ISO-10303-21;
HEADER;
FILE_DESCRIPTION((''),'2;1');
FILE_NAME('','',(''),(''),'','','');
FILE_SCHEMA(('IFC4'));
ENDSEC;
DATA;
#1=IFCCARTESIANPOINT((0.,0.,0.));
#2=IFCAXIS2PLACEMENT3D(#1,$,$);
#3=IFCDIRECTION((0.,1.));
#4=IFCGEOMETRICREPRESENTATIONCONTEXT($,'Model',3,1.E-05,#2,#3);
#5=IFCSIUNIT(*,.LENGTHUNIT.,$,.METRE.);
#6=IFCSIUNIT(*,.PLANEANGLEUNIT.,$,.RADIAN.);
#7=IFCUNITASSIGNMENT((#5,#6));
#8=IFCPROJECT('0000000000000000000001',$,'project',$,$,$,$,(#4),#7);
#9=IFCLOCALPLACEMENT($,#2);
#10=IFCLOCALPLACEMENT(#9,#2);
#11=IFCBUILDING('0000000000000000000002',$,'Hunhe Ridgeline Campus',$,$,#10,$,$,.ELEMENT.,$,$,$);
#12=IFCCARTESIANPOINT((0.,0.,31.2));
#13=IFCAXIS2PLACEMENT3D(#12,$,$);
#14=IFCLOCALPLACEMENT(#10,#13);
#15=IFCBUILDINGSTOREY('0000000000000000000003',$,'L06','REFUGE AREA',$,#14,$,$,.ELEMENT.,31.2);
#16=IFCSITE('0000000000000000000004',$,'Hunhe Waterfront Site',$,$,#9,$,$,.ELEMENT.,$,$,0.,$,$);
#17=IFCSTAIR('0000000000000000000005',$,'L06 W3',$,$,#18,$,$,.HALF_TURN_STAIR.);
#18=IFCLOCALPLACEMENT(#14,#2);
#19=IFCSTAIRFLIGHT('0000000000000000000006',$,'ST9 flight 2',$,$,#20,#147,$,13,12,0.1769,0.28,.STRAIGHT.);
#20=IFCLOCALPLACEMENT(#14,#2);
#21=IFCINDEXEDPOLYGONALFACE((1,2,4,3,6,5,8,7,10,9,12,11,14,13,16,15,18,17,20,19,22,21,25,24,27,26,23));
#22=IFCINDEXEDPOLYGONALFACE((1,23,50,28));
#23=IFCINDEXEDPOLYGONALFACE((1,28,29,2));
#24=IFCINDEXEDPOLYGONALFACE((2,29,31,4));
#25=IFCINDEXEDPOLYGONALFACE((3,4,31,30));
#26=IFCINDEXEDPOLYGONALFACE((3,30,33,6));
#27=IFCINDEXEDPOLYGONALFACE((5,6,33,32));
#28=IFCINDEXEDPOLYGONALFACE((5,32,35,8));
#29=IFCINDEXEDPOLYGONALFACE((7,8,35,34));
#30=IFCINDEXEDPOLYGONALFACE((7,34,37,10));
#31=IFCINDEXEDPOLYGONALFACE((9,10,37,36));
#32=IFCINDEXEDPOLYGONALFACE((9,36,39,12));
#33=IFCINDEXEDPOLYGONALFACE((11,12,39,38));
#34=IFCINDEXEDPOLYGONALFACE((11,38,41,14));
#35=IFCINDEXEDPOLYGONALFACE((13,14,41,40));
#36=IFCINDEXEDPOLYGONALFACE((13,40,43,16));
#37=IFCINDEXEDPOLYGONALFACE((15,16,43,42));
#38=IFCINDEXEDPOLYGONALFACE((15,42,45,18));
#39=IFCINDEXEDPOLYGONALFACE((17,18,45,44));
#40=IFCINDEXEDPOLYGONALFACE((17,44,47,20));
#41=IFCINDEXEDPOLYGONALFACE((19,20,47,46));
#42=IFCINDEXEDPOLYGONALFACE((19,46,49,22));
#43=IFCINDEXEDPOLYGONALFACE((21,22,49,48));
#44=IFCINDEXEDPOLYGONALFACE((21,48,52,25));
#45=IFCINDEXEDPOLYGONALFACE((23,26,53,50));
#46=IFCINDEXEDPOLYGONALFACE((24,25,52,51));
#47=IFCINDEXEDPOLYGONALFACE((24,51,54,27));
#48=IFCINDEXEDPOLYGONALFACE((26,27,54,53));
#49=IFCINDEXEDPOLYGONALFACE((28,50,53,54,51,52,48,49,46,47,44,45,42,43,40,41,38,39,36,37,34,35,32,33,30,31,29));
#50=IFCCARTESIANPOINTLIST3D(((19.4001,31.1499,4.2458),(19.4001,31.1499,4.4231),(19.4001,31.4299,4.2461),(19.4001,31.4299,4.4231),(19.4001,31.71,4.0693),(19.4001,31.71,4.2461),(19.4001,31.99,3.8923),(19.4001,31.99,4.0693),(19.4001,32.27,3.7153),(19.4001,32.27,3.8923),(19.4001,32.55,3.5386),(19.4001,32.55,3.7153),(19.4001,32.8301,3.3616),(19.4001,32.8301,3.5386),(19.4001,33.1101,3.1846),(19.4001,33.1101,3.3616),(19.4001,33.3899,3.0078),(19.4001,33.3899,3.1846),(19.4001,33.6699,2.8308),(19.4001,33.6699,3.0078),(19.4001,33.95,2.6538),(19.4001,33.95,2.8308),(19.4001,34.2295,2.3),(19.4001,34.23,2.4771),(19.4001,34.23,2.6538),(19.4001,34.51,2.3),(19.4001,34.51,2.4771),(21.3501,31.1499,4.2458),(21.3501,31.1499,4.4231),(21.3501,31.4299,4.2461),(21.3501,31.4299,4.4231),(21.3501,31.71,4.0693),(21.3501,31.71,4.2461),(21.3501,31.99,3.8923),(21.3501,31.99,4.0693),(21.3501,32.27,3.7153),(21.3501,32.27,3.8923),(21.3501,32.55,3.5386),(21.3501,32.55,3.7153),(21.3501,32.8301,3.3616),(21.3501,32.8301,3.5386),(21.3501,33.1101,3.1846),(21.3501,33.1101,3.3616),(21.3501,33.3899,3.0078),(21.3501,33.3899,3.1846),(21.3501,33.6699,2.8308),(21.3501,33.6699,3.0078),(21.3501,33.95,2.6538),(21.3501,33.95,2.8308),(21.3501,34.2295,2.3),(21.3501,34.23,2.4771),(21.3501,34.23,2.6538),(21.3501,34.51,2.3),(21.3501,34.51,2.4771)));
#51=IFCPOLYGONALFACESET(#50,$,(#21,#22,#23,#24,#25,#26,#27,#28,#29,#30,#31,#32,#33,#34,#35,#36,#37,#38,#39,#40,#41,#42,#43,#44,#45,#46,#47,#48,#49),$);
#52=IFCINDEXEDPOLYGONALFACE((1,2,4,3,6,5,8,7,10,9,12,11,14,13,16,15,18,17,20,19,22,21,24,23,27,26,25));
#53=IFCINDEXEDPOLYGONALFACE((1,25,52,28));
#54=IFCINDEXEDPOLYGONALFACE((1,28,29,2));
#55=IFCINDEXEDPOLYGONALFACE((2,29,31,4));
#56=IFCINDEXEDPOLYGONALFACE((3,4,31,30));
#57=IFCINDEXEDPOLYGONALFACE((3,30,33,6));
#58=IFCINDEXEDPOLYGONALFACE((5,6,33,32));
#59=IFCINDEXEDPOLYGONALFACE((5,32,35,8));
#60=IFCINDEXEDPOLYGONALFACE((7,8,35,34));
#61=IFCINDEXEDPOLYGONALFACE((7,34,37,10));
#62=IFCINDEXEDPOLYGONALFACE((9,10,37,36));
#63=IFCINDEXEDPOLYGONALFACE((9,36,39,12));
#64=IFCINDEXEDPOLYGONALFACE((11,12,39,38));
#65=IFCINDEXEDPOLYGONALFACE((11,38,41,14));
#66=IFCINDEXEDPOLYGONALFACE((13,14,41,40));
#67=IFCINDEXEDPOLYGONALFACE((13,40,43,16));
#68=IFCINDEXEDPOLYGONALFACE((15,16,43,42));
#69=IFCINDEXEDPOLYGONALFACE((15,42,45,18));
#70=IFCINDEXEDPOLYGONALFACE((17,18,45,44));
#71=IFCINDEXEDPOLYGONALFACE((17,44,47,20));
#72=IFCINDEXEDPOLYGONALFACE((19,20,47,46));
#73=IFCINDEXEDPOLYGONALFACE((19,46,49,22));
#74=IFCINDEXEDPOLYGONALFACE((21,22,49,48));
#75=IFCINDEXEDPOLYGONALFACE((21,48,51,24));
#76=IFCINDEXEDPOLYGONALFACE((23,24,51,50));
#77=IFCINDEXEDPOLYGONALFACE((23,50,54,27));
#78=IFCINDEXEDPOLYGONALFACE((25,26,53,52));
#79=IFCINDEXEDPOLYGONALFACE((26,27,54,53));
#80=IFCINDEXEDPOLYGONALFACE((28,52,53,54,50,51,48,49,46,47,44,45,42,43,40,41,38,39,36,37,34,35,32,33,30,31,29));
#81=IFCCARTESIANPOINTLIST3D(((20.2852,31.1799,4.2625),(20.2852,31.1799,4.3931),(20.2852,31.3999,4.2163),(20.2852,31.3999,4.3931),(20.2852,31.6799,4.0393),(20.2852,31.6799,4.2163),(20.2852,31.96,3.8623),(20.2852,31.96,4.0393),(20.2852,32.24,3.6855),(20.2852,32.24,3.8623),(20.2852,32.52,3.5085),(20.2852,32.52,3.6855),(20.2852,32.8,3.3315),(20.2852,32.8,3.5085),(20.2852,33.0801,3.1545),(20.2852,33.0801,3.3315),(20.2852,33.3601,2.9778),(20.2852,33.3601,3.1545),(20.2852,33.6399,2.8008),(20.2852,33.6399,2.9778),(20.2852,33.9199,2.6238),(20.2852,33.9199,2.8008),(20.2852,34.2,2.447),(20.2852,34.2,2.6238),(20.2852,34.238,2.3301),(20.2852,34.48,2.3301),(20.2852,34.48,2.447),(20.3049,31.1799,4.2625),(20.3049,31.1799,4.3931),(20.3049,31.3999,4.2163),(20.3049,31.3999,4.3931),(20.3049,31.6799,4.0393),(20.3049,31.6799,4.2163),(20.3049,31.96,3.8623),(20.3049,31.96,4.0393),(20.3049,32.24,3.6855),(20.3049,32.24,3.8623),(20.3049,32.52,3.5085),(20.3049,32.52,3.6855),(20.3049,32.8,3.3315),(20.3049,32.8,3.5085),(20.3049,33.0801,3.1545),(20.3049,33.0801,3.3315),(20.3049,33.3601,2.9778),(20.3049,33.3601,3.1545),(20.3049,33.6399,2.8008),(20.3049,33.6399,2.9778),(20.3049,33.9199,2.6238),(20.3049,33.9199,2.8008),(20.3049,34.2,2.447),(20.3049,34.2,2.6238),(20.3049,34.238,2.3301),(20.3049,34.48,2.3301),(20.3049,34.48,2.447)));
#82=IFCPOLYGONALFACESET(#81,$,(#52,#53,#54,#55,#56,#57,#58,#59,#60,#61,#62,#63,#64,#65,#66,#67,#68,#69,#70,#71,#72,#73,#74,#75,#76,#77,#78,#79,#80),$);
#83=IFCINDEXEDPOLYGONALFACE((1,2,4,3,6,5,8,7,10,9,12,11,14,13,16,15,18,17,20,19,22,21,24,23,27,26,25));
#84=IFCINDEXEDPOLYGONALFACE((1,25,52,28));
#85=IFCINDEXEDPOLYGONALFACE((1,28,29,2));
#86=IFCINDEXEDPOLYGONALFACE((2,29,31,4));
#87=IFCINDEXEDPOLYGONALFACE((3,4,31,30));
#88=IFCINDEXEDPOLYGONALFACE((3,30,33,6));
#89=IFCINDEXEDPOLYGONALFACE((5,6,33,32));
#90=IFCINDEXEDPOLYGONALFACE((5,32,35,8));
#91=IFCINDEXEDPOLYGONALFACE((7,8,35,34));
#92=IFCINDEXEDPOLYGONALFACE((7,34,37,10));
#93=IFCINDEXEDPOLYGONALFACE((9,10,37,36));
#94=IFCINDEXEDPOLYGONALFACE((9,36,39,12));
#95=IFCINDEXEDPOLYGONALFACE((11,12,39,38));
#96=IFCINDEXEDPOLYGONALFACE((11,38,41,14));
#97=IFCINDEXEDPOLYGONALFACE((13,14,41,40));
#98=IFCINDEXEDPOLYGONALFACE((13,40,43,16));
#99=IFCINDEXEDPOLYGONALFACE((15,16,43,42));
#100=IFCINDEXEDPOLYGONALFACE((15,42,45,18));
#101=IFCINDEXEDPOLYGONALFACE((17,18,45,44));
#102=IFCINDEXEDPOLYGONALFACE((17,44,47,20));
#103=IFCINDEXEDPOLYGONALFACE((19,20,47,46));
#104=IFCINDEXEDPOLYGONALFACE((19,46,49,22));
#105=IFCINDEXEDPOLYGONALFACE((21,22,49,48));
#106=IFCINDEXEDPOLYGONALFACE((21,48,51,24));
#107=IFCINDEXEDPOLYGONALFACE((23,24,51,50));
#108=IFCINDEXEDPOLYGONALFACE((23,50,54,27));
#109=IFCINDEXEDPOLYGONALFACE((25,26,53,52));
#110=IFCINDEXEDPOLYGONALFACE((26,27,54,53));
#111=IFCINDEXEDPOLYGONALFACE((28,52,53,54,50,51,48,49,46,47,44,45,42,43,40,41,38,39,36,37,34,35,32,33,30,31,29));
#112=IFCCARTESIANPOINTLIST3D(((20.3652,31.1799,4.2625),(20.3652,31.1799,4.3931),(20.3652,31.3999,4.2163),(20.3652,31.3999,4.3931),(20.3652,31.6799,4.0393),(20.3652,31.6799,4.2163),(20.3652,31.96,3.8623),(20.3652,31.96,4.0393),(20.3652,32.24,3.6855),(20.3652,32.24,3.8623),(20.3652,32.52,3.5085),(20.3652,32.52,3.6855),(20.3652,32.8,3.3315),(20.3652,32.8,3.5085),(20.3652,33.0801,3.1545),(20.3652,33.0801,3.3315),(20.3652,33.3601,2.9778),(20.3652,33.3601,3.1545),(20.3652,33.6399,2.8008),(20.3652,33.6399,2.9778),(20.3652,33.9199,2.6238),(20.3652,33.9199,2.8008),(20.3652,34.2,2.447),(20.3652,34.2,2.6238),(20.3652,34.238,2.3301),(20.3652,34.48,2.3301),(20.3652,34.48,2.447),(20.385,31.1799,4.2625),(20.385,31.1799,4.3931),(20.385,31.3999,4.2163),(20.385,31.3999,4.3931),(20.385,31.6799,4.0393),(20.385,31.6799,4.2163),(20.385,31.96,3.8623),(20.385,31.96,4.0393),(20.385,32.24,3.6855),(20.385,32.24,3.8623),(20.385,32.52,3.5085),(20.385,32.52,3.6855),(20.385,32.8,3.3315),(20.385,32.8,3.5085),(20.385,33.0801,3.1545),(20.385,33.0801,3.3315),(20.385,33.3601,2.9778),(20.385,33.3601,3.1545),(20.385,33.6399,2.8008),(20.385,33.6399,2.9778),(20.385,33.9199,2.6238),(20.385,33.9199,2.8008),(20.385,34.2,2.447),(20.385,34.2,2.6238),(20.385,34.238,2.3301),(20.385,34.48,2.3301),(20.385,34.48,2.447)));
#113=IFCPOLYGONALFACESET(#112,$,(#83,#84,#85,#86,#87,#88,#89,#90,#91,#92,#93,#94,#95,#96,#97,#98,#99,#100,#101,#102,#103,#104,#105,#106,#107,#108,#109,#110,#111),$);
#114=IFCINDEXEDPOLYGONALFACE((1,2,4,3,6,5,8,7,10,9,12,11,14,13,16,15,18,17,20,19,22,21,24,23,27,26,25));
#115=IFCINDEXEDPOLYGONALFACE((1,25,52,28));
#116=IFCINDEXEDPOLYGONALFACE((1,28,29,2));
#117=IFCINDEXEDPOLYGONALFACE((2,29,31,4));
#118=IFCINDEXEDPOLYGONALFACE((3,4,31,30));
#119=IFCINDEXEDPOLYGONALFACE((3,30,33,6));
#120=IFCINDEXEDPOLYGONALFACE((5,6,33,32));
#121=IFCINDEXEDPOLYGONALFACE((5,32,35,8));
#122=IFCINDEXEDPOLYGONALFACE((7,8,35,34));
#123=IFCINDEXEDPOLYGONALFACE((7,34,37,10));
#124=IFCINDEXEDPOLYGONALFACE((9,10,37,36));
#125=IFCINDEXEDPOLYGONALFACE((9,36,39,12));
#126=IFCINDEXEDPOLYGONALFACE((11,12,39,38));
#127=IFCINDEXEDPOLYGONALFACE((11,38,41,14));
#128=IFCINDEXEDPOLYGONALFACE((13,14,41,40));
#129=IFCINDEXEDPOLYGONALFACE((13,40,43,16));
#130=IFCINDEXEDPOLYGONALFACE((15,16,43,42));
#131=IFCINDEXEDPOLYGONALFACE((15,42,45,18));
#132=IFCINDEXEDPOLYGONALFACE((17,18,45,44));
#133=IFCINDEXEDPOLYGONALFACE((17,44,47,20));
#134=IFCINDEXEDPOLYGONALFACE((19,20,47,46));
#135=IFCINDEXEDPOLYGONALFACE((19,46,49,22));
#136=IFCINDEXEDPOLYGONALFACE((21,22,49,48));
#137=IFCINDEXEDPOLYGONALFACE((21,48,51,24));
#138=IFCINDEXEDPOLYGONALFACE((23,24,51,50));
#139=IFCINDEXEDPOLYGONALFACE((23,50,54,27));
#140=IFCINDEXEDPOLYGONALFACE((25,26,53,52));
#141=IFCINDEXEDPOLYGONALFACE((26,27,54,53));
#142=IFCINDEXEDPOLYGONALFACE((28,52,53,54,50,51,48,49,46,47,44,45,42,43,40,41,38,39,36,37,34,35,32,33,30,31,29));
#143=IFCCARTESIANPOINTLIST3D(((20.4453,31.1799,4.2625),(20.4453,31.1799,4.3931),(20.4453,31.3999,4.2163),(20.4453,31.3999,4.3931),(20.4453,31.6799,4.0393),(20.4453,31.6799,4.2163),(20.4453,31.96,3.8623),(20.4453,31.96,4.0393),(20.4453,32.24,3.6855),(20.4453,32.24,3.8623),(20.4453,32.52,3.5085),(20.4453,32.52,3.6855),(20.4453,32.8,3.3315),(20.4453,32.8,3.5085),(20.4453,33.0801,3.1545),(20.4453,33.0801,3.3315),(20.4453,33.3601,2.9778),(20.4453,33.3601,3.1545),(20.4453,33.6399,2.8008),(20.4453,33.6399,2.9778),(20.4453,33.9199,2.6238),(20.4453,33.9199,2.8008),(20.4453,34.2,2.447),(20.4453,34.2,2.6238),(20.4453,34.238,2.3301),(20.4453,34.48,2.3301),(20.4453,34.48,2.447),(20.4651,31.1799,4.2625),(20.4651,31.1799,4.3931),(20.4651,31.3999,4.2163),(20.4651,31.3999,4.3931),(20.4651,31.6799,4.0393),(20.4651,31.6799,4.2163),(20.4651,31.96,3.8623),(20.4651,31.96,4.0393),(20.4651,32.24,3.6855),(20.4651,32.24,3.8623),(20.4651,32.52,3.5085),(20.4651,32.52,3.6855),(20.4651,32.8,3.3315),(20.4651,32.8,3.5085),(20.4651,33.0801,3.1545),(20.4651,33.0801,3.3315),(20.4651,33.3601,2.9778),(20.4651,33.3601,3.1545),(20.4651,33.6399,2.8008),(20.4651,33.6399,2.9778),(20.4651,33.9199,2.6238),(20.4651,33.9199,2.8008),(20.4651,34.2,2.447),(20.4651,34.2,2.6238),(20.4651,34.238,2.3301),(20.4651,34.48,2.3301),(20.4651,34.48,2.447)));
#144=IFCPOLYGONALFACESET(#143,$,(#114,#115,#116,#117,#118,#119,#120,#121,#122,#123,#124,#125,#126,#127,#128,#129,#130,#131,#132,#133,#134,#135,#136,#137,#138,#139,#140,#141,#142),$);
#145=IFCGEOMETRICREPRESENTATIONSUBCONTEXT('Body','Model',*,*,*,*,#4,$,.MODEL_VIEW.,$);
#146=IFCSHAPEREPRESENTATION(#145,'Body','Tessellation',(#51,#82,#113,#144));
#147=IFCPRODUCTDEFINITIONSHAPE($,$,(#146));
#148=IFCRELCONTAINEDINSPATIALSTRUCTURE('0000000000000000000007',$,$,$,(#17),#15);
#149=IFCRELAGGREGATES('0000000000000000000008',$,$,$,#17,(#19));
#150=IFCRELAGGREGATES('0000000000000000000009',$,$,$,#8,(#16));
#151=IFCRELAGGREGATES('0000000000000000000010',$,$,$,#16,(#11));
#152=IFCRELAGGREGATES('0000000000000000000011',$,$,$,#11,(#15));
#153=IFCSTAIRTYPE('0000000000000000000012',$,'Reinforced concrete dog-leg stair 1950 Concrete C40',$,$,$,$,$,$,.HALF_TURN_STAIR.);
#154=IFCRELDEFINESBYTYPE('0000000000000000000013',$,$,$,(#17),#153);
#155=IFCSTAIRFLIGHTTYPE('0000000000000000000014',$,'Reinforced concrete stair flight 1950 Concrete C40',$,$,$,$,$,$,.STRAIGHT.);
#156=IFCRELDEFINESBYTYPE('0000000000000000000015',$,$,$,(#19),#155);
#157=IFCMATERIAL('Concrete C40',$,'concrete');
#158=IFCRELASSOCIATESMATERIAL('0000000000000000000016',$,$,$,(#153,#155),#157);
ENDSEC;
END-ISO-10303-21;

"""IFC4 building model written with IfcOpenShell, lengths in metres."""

from ifc_helpers import new_model, si_unit, direction, frame, origin, place, context, subcontext, project, spatial, polyline, outline, extrude, material, type_object, element, aggregate, save


model = new_model("IFC4")

# Units and contexts
model_context = context("Model", 3, precision=1e-05, world=origin(), true_north=direction((0.0, 1.0)))
body_context = subcontext(model_context, "Body", "Model", "MODEL_VIEW")
ifc_project = project(units=[si_unit("LENGTHUNIT", "METRE"), si_unit("PLANEANGLEUNIT", "RADIAN")], contexts=[model_context])

# Site, building, storey
site_placement = place(None, origin())
site = spatial("IfcSite", under=ifc_project, at=site_placement, Name="Hunhe Waterfront Site", CompositionType="ELEMENT", RefElevation=0.0)
building_placement = place(site_placement, origin())
building = spatial("IfcBuilding", under=site, at=building_placement, Name="Hunhe Ridgeline Campus", CompositionType="ELEMENT")
storey_placement = place(building_placement, frame((0.0, 0.0, 31.2)))
storey = spatial("IfcBuildingStorey", under=building, at=storey_placement, Name="L06", Description="REFUGE AREA", CompositionType="ELEMENT", Elevation=31.2)

# Stair, stair flight
ifc_material_1 = material(Name="Concrete C40", Category="concrete")
stair_type = type_object("IfcStairType", Name="Reinforced concrete dog-leg stair 1950 Concrete C40", PredefinedType="HALF_TURN_STAIR", material=ifc_material_1)
stair_placement = place(storey_placement, origin())
stair = element("IfcStair", 1, at=stair_placement, inside=storey, type_object=stair_type, Name="L06 W3", PredefinedType="HALF_TURN_STAIR")
stair_flight_type = type_object("IfcStairFlightType", Name="Reinforced concrete stair flight 1950 Concrete C40", PredefinedType="STRAIGHT", material=ifc_material_1)
stair_flight_1_placement = place(storey_placement, frame((20.375, 34.51, 2.3), z_axis=(0.0, 0.0, 1.0), x_axis=(0.0, -1.0, 0.0)))
stair_flight_1 = element("IfcStairFlight", 2, at=stair_flight_1_placement, type_object=stair_flight_type, Name="ST9 flight 2", NumberOfRisers=13, NumberOfTreads=12, PredefinedType="STRAIGHT", RiserHeight=0.1769, TreadLength=0.28, context=body_context, shape_type="SweptSolid", body=[
    extrude(outline(polyline([(0.0, 0.0), (0.0, 0.177), (0.28, 0.177), (0.28, 0.3538), (0.5601, 0.3538), (0.5601, 0.5308), (0.8401, 0.5308), (0.8401, 0.7078), (1.1201, 0.7078), (1.1201, 0.8845), (1.3999, 0.8845), (1.3999, 1.0615), (1.6799, 1.0615), (1.6799, 1.2385), (1.96, 1.2385), (1.96, 1.4153), (2.24, 1.4153), (2.24, 1.5923), (2.52, 1.5923), (2.52, 1.7693), (2.8, 1.7693), (2.8, 1.946), (3.0801, 1.946), (3.0801, 2.123), (3.3601, 2.123), (3.3601, 2.3), (3.3601, 1.9458), (0.2805, 0.0), (0.0, 0.0)])), frame((0.0, 0.9751, 0.0), z_axis=(0.0, -1.0, 0.0), x_axis=(1.0, 0.0, 0.0)), (0.0, 0.0, 1.0), 1.95),
    extrude(outline(polyline([(0.03, 0.03), (0.03, 0.147), (0.3101, 0.147), (0.3101, 0.3237), (0.5901, 0.3237), (0.5901, 0.5007), (0.8701, 0.5007), (0.8701, 0.6777), (1.1499, 0.6777), (1.1499, 0.8545), (1.4299, 0.8545), (1.4299, 1.0315), (1.71, 1.0315), (1.71, 1.2085), (1.99, 1.2085), (1.99, 1.3855), (2.27, 1.3855), (2.27, 1.5623), (2.55, 1.5623), (2.55, 1.7393), (2.8301, 1.7393), (2.8301, 1.9163), (3.1101, 1.9163), (3.1101, 2.093), (3.3301, 2.093), (3.3301, 1.9624), (0.272, 0.03), (0.03, 0.03)])), frame((0.0, -0.0701, 0.0), z_axis=(0.0, -1.0, 0.0), x_axis=(1.0, 0.0, 0.0)), (0.0, 0.0, 1.0), 0.0198),
    extrude(outline(polyline([(0.03, 0.03), (0.03, 0.147), (0.3101, 0.147), (0.3101, 0.3237), (0.5901, 0.3237), (0.5901, 0.5007), (0.8701, 0.5007), (0.8701, 0.6777), (1.1499, 0.6777), (1.1499, 0.8545), (1.4299, 0.8545), (1.4299, 1.0315), (1.71, 1.0315), (1.71, 1.2085), (1.99, 1.2085), (1.99, 1.3855), (2.27, 1.3855), (2.27, 1.5623), (2.55, 1.5623), (2.55, 1.7393), (2.8301, 1.7393), (2.8301, 1.9163), (3.1101, 1.9163), (3.1101, 2.093), (3.3301, 2.093), (3.3301, 1.9624), (0.272, 0.03), (0.03, 0.03)])), frame((0.0, 0.01, 0.0), z_axis=(0.0, -1.0, 0.0), x_axis=(1.0, 0.0, 0.0)), (0.0, 0.0, 1.0), 0.0198),
    extrude(outline(polyline([(0.03, 0.03), (0.03, 0.147), (0.3101, 0.147), (0.3101, 0.3237), (0.5901, 0.3237), (0.5901, 0.5007), (0.8701, 0.5007), (0.8701, 0.6777), (1.1499, 0.6777), (1.1499, 0.8545), (1.4299, 0.8545), (1.4299, 1.0315), (1.71, 1.0315), (1.71, 1.2085), (1.99, 1.2085), (1.99, 1.3855), (2.27, 1.3855), (2.27, 1.5623), (2.55, 1.5623), (2.55, 1.7393), (2.8301, 1.7393), (2.8301, 1.9163), (3.1101, 1.9163), (3.1101, 2.093), (3.3301, 2.093), (3.3301, 1.9624), (0.272, 0.03), (0.03, 0.03)])), frame((0.0, 0.0901, 0.0), z_axis=(0.0, -1.0, 0.0), x_axis=(1.0, 0.0, 0.0)), (0.0, 0.0, 1.0), 0.0198),
])
aggregate(stair, [stair_flight_1])

save(model, "model.ifc")
